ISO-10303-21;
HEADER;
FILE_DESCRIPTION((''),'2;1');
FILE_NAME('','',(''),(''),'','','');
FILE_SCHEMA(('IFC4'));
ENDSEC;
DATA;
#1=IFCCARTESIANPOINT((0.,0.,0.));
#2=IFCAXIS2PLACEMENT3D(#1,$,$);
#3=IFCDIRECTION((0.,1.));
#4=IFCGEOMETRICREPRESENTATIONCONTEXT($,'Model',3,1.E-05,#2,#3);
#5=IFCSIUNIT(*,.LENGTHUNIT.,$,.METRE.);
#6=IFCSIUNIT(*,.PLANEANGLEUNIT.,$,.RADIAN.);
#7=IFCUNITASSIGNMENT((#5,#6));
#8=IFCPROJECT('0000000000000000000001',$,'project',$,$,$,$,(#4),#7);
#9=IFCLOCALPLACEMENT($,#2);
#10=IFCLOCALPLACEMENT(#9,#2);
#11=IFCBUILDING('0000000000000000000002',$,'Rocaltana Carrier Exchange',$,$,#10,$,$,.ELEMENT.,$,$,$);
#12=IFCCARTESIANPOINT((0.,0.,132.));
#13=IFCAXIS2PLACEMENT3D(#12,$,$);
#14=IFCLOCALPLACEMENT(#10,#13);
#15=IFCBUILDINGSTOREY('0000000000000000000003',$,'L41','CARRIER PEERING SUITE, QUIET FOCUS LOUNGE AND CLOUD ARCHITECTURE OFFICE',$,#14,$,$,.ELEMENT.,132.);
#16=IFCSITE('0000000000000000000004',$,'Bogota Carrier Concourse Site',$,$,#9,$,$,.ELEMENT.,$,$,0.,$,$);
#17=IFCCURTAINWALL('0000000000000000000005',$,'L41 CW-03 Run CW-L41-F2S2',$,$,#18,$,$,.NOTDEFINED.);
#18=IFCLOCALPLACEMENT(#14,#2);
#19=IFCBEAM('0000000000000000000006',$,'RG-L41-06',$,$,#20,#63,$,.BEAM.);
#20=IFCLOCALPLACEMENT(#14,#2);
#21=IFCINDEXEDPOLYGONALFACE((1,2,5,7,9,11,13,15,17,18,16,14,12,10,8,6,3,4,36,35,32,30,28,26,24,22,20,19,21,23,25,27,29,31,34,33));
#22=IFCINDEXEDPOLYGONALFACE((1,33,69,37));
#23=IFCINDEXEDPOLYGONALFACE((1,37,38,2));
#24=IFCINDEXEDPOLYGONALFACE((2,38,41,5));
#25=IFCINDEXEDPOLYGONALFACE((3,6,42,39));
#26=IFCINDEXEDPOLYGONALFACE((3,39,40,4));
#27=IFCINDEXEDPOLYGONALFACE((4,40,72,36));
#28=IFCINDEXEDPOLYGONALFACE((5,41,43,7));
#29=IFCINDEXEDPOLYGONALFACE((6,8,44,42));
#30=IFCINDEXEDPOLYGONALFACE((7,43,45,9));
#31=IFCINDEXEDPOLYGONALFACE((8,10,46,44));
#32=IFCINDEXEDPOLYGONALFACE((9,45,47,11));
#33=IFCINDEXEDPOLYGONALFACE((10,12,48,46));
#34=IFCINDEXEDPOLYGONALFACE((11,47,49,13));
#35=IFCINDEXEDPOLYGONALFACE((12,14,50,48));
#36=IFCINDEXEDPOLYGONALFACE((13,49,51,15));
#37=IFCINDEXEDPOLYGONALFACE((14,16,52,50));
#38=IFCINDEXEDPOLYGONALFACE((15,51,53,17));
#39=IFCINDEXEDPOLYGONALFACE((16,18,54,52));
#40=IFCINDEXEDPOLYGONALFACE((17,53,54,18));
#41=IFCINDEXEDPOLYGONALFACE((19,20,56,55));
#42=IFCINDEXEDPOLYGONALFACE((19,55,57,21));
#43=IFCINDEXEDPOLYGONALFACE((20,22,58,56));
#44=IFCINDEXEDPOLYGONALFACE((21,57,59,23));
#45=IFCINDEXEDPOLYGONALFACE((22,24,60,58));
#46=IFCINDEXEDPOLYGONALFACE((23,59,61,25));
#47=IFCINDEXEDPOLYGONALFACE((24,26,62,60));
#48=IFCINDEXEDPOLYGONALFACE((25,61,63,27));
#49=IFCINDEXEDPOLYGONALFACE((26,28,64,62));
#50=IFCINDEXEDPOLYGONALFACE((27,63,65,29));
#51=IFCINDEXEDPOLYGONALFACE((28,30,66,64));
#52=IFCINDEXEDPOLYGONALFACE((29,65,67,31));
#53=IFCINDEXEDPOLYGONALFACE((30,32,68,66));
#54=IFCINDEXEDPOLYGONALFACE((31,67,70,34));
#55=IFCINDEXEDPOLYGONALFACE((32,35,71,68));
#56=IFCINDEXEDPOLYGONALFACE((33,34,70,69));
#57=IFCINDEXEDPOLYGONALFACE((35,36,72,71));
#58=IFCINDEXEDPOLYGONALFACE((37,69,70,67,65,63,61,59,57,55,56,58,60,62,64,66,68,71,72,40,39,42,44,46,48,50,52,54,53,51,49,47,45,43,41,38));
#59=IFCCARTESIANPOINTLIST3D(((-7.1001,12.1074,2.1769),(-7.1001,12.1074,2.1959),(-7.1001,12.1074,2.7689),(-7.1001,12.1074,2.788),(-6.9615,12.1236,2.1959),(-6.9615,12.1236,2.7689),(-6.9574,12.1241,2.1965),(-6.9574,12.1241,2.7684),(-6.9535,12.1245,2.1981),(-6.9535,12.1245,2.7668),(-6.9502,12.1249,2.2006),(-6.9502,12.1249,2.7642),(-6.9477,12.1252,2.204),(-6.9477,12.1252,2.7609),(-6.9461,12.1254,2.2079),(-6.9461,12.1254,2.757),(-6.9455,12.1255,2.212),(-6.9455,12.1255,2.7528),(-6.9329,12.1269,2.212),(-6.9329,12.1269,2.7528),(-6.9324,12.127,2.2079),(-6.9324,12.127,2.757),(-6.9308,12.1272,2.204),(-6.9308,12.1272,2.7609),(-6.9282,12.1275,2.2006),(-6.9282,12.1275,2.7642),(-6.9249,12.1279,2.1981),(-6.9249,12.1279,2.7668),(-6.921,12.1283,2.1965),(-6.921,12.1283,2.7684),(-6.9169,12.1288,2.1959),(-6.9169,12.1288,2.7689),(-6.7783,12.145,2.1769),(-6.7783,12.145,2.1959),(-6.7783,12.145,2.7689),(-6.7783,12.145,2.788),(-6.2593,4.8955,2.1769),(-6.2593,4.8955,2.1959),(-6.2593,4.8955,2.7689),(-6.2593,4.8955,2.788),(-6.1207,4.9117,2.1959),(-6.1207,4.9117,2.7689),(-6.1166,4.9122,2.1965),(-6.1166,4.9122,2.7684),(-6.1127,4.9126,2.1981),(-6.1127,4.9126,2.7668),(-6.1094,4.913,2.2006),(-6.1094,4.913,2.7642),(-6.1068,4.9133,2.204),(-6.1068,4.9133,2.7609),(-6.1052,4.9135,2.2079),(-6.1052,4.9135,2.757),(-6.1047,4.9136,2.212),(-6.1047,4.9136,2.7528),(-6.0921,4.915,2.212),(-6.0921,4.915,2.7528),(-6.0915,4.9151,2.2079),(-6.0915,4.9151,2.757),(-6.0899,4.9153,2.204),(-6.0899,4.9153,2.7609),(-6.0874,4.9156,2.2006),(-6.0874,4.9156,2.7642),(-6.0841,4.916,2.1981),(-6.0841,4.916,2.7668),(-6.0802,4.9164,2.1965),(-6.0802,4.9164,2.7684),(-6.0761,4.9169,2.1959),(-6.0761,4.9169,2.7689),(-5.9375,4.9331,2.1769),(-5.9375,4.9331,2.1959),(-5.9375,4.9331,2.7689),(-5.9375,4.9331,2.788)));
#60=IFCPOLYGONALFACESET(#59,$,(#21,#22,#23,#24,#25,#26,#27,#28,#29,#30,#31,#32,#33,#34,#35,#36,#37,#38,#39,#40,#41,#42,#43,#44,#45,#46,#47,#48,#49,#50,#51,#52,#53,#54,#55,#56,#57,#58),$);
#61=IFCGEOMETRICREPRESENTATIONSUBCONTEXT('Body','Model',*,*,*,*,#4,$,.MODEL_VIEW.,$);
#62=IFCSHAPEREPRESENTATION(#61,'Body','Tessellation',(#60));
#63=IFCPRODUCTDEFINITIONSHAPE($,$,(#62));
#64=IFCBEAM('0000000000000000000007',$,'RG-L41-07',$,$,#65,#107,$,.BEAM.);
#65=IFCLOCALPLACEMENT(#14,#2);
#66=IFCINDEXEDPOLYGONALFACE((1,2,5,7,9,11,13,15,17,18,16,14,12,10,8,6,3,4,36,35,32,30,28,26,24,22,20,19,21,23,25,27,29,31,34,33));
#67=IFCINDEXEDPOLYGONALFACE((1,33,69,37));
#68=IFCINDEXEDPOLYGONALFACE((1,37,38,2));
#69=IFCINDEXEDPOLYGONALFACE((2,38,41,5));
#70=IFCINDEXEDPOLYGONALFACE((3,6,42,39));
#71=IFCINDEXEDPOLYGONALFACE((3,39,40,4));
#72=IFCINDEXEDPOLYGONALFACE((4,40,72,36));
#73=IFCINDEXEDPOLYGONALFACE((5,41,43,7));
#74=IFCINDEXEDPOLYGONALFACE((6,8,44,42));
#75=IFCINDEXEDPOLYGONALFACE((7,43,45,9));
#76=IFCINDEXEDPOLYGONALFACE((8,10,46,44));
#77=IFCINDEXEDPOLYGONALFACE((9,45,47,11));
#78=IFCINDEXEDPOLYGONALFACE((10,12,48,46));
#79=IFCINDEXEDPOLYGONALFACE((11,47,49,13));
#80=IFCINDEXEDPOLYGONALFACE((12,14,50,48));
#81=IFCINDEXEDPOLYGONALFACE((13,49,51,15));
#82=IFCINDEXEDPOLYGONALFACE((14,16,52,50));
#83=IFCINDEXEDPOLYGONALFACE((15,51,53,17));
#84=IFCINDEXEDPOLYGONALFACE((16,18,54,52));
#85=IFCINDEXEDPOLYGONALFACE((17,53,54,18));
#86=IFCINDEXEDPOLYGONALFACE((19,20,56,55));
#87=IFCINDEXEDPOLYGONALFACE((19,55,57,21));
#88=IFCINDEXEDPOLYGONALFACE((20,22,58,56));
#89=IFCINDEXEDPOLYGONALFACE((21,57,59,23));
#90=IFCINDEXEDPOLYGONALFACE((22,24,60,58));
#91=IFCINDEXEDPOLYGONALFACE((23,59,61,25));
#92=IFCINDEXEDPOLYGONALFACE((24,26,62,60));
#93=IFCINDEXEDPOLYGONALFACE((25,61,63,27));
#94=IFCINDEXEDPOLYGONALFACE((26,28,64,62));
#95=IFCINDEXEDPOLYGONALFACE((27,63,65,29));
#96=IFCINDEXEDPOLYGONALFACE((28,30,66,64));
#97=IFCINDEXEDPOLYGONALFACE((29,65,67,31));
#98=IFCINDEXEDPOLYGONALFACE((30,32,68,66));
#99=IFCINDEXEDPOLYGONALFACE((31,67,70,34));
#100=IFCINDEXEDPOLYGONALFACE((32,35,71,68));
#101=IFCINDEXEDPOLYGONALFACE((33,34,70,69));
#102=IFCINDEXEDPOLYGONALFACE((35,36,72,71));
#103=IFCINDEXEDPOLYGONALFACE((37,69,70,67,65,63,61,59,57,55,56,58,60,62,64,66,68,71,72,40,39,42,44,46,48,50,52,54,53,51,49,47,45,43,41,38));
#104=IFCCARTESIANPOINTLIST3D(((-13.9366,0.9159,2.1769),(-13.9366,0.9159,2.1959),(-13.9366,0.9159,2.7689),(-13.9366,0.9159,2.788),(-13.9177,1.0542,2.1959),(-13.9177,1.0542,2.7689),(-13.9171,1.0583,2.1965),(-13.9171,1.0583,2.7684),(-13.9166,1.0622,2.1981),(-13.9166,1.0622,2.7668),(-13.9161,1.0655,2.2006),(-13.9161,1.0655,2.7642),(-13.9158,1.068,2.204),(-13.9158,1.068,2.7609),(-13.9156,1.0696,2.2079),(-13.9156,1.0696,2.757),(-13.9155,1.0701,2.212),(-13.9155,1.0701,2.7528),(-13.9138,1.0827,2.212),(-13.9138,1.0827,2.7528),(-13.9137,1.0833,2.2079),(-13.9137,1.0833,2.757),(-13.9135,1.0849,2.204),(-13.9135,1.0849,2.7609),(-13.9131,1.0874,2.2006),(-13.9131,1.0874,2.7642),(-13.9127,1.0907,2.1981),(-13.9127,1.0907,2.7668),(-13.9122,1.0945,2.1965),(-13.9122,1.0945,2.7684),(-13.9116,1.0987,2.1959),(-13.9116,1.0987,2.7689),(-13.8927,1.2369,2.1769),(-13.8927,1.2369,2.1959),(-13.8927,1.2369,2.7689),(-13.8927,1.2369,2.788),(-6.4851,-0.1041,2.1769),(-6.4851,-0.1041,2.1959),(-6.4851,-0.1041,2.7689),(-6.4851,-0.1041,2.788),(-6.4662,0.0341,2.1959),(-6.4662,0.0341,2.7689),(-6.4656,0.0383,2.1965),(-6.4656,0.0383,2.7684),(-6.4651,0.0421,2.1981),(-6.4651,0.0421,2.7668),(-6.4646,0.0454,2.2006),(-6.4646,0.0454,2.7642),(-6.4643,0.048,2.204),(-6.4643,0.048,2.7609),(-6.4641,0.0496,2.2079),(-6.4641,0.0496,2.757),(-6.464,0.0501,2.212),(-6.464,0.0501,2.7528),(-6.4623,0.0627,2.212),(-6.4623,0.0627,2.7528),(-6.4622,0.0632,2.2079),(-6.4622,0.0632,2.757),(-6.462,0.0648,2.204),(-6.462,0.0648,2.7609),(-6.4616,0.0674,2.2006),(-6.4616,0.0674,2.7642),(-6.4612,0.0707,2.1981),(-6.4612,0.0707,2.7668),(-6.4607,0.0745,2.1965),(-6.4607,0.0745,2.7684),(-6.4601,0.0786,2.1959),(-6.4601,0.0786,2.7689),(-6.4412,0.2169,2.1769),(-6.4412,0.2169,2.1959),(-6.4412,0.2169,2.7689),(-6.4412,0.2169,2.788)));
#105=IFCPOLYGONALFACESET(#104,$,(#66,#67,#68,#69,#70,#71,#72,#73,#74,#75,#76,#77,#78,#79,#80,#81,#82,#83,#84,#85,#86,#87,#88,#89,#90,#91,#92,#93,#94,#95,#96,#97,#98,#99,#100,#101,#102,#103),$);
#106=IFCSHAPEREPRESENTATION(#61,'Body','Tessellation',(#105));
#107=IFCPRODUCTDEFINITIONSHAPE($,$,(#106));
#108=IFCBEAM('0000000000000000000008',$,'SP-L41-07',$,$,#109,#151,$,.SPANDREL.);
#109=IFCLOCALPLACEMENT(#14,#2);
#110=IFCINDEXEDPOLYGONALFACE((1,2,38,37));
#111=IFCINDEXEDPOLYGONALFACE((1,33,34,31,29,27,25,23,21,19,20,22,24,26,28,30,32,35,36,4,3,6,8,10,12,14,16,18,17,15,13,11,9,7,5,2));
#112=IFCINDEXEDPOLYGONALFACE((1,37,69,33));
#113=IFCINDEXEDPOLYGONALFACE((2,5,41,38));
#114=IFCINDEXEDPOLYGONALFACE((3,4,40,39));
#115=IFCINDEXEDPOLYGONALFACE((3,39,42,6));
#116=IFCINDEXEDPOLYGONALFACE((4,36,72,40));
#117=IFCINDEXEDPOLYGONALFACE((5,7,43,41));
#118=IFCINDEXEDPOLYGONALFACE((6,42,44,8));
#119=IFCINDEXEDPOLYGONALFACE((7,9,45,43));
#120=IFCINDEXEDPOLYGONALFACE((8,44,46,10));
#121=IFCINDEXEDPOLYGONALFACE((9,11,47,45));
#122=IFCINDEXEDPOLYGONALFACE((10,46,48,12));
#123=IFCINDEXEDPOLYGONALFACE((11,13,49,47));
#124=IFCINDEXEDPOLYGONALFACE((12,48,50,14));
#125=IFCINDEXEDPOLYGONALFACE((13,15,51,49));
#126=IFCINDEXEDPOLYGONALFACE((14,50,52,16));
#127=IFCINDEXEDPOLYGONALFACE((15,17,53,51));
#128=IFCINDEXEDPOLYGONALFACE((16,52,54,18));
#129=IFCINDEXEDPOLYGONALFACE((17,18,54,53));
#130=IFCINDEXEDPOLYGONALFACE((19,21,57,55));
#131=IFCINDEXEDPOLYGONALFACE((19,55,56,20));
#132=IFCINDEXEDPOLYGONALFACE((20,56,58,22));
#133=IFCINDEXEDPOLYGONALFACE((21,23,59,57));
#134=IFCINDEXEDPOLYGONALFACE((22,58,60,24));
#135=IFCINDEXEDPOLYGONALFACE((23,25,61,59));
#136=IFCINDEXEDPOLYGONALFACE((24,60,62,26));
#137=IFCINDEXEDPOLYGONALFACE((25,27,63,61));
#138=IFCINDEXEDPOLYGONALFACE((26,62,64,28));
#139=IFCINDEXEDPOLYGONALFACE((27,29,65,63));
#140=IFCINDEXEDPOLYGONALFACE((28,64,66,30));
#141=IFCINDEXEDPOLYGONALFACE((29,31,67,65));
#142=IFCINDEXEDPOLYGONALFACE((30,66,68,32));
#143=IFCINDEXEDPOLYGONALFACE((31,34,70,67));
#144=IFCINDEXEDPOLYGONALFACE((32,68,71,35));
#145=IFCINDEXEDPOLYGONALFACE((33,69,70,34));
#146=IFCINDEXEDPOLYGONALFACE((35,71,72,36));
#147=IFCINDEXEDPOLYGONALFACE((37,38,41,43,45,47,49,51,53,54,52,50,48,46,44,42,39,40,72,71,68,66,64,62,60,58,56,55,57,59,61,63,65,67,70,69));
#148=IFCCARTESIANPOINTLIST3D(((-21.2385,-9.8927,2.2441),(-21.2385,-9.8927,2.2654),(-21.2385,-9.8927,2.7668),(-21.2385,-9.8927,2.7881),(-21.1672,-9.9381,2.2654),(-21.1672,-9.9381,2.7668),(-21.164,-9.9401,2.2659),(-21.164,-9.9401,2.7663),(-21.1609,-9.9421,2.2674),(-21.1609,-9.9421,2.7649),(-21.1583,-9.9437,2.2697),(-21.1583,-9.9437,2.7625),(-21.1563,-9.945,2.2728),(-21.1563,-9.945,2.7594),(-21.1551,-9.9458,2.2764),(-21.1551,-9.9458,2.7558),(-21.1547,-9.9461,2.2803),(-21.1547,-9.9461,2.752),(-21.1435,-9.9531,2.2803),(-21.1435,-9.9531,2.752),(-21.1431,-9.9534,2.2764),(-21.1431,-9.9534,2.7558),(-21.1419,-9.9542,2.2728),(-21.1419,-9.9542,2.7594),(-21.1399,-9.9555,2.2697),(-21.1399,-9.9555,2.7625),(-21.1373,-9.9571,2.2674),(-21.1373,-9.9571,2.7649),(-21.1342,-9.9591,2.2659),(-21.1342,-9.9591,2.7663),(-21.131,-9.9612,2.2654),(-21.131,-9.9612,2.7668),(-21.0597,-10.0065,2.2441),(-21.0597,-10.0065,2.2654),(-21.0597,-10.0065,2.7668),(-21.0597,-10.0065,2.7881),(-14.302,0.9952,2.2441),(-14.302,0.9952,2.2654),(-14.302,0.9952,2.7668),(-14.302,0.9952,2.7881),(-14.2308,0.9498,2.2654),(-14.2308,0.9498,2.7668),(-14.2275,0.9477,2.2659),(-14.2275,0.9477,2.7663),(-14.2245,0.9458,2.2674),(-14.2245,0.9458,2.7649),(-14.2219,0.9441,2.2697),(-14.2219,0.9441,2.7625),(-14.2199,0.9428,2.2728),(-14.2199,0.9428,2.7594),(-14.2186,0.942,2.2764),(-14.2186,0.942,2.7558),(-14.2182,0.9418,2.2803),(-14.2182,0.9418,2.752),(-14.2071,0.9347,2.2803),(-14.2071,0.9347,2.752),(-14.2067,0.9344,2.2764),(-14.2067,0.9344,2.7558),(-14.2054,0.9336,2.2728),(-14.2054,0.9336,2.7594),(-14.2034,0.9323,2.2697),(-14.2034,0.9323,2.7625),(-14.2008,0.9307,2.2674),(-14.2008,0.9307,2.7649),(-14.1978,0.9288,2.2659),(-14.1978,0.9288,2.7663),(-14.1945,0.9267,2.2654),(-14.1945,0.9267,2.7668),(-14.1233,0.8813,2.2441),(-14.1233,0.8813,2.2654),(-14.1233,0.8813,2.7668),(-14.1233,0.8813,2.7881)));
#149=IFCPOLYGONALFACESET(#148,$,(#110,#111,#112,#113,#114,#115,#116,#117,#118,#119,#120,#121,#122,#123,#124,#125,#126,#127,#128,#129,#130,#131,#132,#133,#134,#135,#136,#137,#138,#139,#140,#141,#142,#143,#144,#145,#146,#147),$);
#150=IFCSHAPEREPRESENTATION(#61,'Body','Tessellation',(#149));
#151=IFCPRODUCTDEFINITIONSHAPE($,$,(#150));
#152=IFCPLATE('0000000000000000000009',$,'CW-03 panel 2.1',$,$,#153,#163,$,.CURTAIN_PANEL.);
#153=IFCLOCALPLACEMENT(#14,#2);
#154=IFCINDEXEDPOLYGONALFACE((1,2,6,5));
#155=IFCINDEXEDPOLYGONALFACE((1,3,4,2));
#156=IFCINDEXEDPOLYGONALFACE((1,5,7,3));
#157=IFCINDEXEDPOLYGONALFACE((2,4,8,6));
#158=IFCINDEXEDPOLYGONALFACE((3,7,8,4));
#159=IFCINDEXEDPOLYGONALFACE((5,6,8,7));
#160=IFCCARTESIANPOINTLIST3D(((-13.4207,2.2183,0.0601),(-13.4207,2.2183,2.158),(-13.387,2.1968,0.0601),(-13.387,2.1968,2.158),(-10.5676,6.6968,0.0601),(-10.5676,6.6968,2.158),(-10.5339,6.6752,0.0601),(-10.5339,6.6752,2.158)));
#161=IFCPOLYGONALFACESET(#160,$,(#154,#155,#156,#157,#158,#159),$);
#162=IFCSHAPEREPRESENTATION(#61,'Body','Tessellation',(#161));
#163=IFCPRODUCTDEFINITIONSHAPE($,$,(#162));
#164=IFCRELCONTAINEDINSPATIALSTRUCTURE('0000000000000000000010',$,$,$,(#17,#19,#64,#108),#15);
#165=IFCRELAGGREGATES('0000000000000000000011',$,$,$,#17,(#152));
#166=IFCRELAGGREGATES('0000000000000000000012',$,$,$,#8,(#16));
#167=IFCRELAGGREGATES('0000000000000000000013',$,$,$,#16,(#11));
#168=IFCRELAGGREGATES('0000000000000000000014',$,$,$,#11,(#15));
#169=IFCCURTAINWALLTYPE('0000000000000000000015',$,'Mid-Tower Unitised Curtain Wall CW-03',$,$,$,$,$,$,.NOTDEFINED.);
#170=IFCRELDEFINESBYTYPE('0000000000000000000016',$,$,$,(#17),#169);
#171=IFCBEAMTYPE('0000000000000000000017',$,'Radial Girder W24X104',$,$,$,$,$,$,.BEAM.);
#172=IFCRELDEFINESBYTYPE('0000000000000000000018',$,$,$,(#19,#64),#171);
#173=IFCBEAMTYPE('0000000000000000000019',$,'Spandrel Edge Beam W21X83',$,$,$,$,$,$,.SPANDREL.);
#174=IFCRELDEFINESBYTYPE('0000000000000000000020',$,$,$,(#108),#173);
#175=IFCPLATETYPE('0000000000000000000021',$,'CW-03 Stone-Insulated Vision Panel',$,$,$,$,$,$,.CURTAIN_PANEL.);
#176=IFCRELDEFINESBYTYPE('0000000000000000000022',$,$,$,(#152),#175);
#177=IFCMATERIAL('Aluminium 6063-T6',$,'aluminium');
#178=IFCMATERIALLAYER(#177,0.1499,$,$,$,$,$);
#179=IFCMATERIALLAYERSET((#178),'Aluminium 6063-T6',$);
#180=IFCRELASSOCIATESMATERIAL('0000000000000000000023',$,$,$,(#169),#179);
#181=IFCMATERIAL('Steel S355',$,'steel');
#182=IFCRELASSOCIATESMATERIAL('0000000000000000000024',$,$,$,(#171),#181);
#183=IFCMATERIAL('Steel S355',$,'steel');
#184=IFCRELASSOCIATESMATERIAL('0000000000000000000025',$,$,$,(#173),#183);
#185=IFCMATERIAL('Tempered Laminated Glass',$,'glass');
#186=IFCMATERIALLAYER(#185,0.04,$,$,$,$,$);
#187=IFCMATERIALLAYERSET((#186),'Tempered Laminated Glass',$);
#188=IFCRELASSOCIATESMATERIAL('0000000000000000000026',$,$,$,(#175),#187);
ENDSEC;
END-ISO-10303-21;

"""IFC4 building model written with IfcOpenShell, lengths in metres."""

from ifc_helpers import new_model, si_unit, direction, frame, origin, origin_2d, place, context, subcontext, project, spatial, rectangle, i_section, extrude, material, layer, layer_set, material_profile, profile_set, type_object, element, aggregate, save


model = new_model("IFC4")

# Units and contexts
model_context = context("Model", 3, precision=1e-05, world=origin(), true_north=direction((0.0, 1.0)))
body_context = subcontext(model_context, "Body", "Model", "MODEL_VIEW")
ifc_project = project(units=[si_unit("LENGTHUNIT", "METRE"), si_unit("PLANEANGLEUNIT", "RADIAN")], contexts=[model_context])

# Site, building, storey
site_placement = place(None, origin())
site = spatial("IfcSite", under=ifc_project, at=site_placement, Name="Bogota Carrier Concourse Site", CompositionType="ELEMENT", RefElevation=0.0)
building_placement = place(site_placement, origin())
building = spatial("IfcBuilding", under=site, at=building_placement, Name="Rocaltana Carrier Exchange", CompositionType="ELEMENT")
storey_placement = place(building_placement, frame((0.0, 0.0, 132.0)))
storey = spatial("IfcBuildingStorey", under=building, at=storey_placement, Name="L41", Description="CARRIER PEERING SUITE, QUIET FOCUS LOUNGE AND CLOUD ARCHITECTURE OFFICE", CompositionType="ELEMENT", Elevation=132.0)

# Curtain wall
ifc_material_1 = material(Name="Aluminium 6063-T6", Category="aluminium")
ifc_layer_1 = layer(ifc_material_1, 0.1499)
ifc_layer_set_1 = layer_set([ifc_layer_1], Name="Aluminium 6063-T6")
curtain_wall_type = type_object("IfcCurtainWallType", Name="Mid-Tower Unitised Curtain Wall CW-03", PredefinedType="NOTDEFINED", material=ifc_layer_set_1)
curtain_wall_1_placement = place(storey_placement, origin())
curtain_wall_1 = element("IfcCurtainWall", 1, at=curtain_wall_1_placement, inside=storey, type_object=curtain_wall_type, Name="L41 CW-03 Run CW-L41-F2S2", PredefinedType="NOTDEFINED")

# Beams
ifc_material_2 = material(Name="Steel S355", Category="steel")
ifc_material_profile_1 = material_profile(ifc_material_2, i_section(OverallWidth=0.324, OverallDepth=0.6111, WebThickness=0.0127, FlangeThickness=0.019, FilletRadius=0.0161, at=origin_2d()), Name="W24X104")
ifc_profile_set_1 = profile_set([ifc_material_profile_1], Name="Steel S355")
beam_type_1 = type_object("IfcBeamType", Name="Radial Girder W24X104", PredefinedType="BEAM", material=ifc_profile_set_1)
beam_1_placement = place(storey_placement, frame((-6.0984, 4.9143, 2.4824), z_axis=(-0.115803, 0.993272, 0.0), x_axis=(-0.993272, -0.115803, 0.0)))
element("IfcBeam", 2, at=beam_1_placement, inside=storey, type_object=beam_type_1, Name="RG-L41-06", PredefinedType="BEAM", context=body_context, shape_type="SweptSolid", body=[
    extrude(i_section(OverallWidth=0.324, OverallDepth=0.6111, WebThickness=0.0127, FlangeThickness=0.019, FilletRadius=0.0161, at=origin_2d()), origin(), (0.0, 0.0, 1.0), 7.2607),
])
beam_2_placement = place(storey_placement, frame((-6.4631, 0.0564, 2.4824), z_axis=(-0.99076, 0.135625, 0.0), x_axis=(-0.135625, -0.99076, 0.0)))
element("IfcBeam", 3, at=beam_2_placement, inside=storey, type_object=beam_type_1, Name="RG-L41-07", PredefinedType="BEAM", context=body_context, shape_type="SweptSolid", body=[
    extrude(i_section(OverallWidth=0.324, OverallDepth=0.6111, WebThickness=0.0127, FlangeThickness=0.019, FilletRadius=0.0161, at=origin_2d()), origin(), (0.0, 0.0, 1.0), 7.521),
])
ifc_material_3 = material(Name="Steel S355", Category="steel")
ifc_material_profile_2 = material_profile(ifc_material_3, i_section(OverallWidth=0.2119, OverallDepth=0.5439, WebThickness=0.0132, FlangeThickness=0.0212, FilletRadius=0.0149, at=origin_2d()), Name="W21X83")
ifc_profile_set_2 = profile_set([ifc_material_profile_2], Name="Steel S355")
beam_type_2 = type_object("IfcBeamType", Name="Spandrel Edge Beam W21X83", PredefinedType="SPANDREL", material=ifc_profile_set_2)
beam_3_placement = place(storey_placement, frame((-14.2126, 0.9382, 2.5161), z_axis=(-0.537307, -0.843386, 0.0), x_axis=(0.843386, -0.537307, 0.0)))
element("IfcBeam", 4, at=beam_3_placement, inside=storey, type_object=beam_type_2, Name="SP-L41-07", PredefinedType="SPANDREL", context=body_context, shape_type="SweptSolid", body=[
    extrude(i_section(OverallWidth=0.2119, OverallDepth=0.5439, WebThickness=0.0132, FlangeThickness=0.0212, FilletRadius=0.0149, at=origin_2d()), origin(), (0.0, 0.0, 1.0), 12.9097),
])

# Plate
ifc_material_4 = material(Name="Tempered Laminated Glass", Category="glass")
ifc_layer_2 = layer(ifc_material_4, 0.04)
ifc_layer_set_2 = layer_set([ifc_layer_2], Name="Tempered Laminated Glass")
plate_type = type_object("IfcPlateType", Name="CW-03 Stone-Insulated Vision Panel", PredefinedType="CURTAIN_PANEL", material=ifc_layer_set_2)
plate_placement = place(storey_placement, frame((-11.9773, 4.4468, 0.0601), z_axis=(0.0, 0.0, 1.0), x_axis=(-0.537301, -0.843391, 0.0)))
plate = element("IfcPlate", 5, at=plate_placement, type_object=plate_type, Name="CW-03 panel 2.1", PredefinedType="CURTAIN_PANEL", context=body_context, shape_type="SweptSolid", body=[
    extrude(rectangle(XDim=5.3101, YDim=0.04, at=origin_2d()), origin(), (0.0, 0.0, 1.0), 2.0979),
])
aggregate(curtain_wall_1, [plate])

save(model, "model.ifc")
